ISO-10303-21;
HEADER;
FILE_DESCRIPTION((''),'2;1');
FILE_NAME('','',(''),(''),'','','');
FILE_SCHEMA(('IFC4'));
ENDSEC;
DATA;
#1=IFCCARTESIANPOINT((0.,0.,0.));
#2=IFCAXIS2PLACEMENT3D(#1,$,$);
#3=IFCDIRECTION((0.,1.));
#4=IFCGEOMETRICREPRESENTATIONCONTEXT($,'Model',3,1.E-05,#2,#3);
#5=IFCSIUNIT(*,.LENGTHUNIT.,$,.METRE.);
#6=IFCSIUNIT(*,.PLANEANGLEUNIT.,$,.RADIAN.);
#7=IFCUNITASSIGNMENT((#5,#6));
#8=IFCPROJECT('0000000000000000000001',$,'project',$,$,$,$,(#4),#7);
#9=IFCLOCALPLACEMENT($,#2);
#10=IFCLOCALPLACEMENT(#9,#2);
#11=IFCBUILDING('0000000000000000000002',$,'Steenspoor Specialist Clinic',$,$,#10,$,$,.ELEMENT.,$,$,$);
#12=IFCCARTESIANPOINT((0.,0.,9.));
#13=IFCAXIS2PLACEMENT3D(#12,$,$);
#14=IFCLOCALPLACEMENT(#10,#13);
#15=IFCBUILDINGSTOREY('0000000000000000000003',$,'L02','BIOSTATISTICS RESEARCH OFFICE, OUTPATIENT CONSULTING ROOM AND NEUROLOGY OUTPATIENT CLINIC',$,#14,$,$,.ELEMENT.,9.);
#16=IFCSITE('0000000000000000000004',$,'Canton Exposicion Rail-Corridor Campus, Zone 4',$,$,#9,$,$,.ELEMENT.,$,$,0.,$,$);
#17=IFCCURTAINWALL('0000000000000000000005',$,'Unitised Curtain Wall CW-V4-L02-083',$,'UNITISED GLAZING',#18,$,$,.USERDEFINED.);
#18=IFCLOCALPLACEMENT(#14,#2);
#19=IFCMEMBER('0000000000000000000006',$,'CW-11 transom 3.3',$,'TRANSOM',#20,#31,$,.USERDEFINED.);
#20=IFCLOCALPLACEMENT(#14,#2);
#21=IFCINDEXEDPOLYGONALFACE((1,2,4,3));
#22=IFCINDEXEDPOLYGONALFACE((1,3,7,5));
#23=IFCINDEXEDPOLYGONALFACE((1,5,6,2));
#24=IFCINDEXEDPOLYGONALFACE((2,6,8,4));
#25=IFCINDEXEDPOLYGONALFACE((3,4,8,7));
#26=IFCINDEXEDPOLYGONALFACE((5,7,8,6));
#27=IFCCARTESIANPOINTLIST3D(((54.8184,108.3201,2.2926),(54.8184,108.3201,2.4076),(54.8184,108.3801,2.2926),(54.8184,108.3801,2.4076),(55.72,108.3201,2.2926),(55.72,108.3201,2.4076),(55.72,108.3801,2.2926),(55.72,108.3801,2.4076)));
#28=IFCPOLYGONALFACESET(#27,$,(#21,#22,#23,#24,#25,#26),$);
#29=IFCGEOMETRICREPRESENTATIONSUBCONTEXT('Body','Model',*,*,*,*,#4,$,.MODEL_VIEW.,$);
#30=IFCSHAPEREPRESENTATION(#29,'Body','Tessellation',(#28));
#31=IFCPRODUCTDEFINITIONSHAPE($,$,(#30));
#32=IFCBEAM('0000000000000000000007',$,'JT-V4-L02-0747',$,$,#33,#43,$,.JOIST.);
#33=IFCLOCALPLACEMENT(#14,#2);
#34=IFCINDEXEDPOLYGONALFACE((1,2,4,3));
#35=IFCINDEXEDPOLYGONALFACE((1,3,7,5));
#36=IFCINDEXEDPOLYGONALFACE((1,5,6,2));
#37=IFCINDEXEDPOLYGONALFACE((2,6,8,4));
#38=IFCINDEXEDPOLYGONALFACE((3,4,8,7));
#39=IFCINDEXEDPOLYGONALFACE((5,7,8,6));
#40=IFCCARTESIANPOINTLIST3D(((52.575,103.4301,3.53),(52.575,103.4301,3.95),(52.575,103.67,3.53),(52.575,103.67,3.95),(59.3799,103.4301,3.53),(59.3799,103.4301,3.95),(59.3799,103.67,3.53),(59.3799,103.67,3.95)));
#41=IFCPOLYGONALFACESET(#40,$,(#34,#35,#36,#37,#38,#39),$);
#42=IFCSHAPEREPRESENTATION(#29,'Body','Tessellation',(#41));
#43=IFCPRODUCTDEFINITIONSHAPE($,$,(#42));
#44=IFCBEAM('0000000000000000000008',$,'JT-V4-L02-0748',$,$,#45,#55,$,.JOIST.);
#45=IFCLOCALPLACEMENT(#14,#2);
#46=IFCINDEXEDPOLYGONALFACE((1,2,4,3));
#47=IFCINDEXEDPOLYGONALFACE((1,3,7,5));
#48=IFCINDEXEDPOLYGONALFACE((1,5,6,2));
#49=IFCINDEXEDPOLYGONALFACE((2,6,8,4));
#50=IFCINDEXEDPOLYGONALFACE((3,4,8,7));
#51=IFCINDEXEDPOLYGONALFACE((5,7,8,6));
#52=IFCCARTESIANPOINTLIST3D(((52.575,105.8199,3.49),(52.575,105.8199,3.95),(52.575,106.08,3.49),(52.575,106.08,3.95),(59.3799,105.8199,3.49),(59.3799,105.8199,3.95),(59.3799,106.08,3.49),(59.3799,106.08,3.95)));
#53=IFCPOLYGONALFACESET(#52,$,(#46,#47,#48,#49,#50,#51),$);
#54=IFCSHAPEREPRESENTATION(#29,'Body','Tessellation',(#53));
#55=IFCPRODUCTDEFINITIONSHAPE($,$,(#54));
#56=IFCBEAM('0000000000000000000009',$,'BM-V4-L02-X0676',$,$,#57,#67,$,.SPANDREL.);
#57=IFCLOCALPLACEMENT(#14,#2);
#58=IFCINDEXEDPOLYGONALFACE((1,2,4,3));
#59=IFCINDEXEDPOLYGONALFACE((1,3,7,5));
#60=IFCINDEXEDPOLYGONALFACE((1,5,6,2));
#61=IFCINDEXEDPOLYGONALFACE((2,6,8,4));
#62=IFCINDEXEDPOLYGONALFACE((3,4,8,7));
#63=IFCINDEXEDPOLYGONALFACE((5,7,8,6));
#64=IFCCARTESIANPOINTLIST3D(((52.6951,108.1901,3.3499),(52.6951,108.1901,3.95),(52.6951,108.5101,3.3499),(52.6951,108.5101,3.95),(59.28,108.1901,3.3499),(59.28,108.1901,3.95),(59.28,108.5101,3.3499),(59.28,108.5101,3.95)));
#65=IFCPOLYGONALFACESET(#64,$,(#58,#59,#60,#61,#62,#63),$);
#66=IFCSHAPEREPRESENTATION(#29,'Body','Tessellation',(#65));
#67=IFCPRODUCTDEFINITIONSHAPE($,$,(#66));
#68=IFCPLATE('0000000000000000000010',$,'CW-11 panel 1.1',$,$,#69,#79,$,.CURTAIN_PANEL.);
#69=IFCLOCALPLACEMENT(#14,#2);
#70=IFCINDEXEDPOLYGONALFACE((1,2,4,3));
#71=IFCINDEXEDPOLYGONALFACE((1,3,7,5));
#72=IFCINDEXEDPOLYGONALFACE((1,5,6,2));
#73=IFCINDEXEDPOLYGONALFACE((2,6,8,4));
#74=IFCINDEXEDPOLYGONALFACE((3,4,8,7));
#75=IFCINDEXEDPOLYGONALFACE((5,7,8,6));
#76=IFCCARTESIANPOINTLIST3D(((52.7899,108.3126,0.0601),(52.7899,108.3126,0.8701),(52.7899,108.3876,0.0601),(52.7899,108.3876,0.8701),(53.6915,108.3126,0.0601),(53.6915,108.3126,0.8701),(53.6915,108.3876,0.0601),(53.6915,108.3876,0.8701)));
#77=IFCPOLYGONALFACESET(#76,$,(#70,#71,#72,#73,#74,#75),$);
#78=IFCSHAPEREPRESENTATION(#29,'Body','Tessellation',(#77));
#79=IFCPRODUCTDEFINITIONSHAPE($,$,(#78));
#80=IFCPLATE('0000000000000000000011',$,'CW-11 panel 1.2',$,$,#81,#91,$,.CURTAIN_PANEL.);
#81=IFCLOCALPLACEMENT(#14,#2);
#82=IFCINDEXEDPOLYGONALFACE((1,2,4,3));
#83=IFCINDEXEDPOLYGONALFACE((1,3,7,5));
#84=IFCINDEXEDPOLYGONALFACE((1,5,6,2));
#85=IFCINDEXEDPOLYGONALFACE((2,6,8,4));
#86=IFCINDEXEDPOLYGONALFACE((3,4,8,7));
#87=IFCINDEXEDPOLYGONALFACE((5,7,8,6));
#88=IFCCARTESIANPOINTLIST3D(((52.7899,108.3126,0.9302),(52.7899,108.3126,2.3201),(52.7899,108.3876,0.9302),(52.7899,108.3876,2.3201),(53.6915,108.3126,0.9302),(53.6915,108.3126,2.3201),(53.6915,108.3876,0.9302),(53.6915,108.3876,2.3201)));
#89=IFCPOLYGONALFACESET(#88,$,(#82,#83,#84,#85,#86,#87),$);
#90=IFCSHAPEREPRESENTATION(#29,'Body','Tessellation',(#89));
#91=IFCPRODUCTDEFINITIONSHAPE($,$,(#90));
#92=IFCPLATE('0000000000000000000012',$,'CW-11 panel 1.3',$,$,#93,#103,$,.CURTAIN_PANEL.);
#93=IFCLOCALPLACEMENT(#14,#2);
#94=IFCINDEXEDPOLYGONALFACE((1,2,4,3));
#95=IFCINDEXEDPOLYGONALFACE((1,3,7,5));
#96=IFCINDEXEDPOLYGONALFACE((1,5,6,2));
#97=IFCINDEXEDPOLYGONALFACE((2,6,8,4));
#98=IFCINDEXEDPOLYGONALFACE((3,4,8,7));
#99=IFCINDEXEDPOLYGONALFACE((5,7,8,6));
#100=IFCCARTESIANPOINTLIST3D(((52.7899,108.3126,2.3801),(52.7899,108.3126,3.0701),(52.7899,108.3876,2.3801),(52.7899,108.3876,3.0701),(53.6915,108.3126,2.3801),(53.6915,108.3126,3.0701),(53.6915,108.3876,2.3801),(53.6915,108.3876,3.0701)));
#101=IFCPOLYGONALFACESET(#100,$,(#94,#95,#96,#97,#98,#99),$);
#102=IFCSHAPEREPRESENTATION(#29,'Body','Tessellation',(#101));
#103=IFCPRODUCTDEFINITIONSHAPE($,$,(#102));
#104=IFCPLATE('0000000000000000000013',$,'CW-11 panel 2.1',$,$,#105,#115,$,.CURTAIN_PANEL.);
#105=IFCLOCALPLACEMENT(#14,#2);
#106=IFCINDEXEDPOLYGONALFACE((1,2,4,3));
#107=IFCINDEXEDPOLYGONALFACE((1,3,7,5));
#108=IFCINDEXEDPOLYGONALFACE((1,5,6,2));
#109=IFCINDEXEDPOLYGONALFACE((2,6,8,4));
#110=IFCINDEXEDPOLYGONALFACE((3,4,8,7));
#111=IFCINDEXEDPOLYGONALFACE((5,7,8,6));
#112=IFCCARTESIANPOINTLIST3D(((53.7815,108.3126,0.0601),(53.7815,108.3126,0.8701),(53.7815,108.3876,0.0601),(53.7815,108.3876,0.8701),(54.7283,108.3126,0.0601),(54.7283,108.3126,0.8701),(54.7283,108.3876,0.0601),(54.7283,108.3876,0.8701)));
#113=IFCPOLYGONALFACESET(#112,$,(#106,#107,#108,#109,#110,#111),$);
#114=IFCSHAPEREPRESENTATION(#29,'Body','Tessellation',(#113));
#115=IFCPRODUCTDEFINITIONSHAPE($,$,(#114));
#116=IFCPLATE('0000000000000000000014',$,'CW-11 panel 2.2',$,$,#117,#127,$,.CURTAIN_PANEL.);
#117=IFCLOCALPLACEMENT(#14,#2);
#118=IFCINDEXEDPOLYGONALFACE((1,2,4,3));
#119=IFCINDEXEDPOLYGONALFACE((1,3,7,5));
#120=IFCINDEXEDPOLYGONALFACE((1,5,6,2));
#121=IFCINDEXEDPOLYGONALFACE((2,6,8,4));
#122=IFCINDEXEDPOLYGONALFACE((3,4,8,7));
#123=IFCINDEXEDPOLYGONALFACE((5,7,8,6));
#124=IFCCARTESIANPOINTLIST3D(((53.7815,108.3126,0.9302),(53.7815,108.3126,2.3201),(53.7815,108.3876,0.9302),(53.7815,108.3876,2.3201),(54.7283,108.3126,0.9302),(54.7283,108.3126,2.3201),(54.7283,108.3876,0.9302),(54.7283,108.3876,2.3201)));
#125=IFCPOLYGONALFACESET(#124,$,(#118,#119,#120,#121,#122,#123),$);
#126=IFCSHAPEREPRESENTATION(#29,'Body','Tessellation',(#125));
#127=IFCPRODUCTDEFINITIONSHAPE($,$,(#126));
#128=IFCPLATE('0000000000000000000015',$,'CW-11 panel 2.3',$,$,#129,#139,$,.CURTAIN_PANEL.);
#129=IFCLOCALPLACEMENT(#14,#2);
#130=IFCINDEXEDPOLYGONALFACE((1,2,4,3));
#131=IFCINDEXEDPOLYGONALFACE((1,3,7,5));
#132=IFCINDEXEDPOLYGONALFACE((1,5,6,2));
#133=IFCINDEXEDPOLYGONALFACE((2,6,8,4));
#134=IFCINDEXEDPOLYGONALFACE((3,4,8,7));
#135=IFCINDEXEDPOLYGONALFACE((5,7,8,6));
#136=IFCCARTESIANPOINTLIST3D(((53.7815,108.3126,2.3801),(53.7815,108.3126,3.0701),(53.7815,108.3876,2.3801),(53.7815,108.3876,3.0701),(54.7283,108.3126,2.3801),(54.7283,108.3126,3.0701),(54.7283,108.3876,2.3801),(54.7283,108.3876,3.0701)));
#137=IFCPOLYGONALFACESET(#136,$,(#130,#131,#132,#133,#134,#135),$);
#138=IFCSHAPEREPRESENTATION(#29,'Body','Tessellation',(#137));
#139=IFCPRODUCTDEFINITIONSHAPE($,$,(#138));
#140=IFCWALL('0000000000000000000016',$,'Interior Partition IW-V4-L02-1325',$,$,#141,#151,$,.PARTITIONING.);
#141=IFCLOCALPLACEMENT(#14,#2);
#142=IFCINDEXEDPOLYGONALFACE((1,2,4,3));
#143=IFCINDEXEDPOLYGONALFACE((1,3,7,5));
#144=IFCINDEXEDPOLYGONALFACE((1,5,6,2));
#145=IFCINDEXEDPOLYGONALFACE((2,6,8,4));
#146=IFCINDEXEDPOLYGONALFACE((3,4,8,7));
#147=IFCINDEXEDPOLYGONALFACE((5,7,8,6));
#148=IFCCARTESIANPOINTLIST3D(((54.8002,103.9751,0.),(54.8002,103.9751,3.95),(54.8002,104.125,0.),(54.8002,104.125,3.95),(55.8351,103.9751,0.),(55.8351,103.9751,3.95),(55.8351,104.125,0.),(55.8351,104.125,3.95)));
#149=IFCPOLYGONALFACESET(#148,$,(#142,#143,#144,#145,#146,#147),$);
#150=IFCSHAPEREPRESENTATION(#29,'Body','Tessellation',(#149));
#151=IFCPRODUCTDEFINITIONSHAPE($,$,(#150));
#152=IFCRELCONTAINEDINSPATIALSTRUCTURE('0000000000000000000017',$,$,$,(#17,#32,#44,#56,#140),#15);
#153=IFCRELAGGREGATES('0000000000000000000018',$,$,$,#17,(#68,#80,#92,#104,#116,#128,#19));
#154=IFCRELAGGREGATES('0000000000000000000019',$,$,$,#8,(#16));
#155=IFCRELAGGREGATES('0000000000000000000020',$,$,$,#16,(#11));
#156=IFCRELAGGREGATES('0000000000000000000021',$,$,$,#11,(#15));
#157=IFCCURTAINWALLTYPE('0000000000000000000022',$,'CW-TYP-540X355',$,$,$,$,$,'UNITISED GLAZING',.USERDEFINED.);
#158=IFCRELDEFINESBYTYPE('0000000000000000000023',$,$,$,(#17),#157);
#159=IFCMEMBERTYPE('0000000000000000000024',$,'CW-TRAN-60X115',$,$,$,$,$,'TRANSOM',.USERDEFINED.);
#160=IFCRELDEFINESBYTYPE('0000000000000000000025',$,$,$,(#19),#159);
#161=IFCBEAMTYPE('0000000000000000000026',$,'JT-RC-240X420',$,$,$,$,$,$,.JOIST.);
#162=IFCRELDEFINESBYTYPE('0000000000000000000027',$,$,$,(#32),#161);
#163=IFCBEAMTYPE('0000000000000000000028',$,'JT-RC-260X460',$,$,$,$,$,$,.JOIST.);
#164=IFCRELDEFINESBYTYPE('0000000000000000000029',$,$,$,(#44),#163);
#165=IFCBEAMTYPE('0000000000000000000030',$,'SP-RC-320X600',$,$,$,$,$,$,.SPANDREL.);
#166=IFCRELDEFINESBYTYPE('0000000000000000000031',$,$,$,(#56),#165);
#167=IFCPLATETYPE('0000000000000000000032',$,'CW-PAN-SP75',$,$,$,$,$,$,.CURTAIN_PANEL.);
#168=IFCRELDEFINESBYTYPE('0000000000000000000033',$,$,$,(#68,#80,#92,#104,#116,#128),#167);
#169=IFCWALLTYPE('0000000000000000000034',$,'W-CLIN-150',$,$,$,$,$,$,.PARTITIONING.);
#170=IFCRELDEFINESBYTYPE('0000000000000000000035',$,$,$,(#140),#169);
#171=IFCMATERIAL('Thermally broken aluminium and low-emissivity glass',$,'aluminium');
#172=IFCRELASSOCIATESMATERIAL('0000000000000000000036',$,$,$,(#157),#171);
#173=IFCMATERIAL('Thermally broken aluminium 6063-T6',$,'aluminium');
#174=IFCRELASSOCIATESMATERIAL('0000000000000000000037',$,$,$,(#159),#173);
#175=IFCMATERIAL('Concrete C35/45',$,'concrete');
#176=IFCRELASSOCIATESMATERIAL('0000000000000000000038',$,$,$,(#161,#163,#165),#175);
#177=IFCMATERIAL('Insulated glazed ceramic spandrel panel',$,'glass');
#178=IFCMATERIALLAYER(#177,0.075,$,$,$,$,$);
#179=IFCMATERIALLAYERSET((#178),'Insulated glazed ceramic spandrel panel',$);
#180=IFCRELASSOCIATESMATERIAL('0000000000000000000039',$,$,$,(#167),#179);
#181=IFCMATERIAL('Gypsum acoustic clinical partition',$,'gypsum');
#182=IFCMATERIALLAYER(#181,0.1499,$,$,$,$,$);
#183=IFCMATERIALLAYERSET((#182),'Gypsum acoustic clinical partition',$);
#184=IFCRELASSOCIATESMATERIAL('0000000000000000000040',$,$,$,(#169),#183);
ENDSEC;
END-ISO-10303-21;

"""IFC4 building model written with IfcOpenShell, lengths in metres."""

from ifc_helpers import new_model, si_unit, direction, frame, frame_2d, origin, origin_2d, place, context, subcontext, project, spatial, rectangle, extrude, material, layer, layer_set, material_profile, profile_set, type_object, element, aggregate, save


model = new_model("IFC4")

# Units and contexts
model_context = context("Model", 3, precision=1e-05, world=origin(), true_north=direction((0.0, 1.0)))
body_context = subcontext(model_context, "Body", "Model", "MODEL_VIEW")
ifc_project = project(units=[si_unit("LENGTHUNIT", "METRE"), si_unit("PLANEANGLEUNIT", "RADIAN")], contexts=[model_context])

# Site, building, storey
site_placement = place(None, origin())
site = spatial("IfcSite", under=ifc_project, at=site_placement, Name="Canton Exposicion Rail-Corridor Campus, Zone 4", CompositionType="ELEMENT", RefElevation=0.0)
building_placement = place(site_placement, origin())
building = spatial("IfcBuilding", under=site, at=building_placement, Name="Steenspoor Specialist Clinic", CompositionType="ELEMENT")
storey_placement = place(building_placement, frame((0.0, 0.0, 9.0)))
storey = spatial("IfcBuildingStorey", under=building, at=storey_placement, Name="L02", Description="BIOSTATISTICS RESEARCH OFFICE, OUTPATIENT CONSULTING ROOM AND NEUROLOGY OUTPATIENT CLINIC", CompositionType="ELEMENT", Elevation=9.0)

# Curtain wall, member
ifc_material_1 = material(Name="Thermally broken aluminium and low-emissivity glass", Category="aluminium")
curtain_wall_type = type_object("IfcCurtainWallType", Name="CW-TYP-540X355", ElementType="UNITISED GLAZING", PredefinedType="USERDEFINED", material=ifc_material_1)
curtain_wall_placement = place(storey_placement, origin())
curtain_wall = element("IfcCurtainWall", 1, at=curtain_wall_placement, inside=storey, type_object=curtain_wall_type, Name="Unitised Curtain Wall CW-V4-L02-083", ObjectType="UNITISED GLAZING", PredefinedType="USERDEFINED")
ifc_material_2 = material(Name="Thermally broken aluminium 6063-T6", Category="aluminium")
ifc_material_profile_1 = material_profile(ifc_material_2, rectangle(XDim=0.0601, YDim=0.115, at=origin_2d()), Name="CWT-60X115")
ifc_profile_set_1 = profile_set([ifc_material_profile_1], Name="Thermally broken aluminium 6063-T6")
member_type_1 = type_object("IfcMemberType", Name="CW-TRAN-60X115", ElementType="TRANSOM", PredefinedType="USERDEFINED", material=ifc_profile_set_1)
member_1_placement = place(storey_placement, frame((54.8184, 108.3501, 2.3501), z_axis=(1.0, 0.0, 0.0), x_axis=(0.0, 1.0, 0.0)))
member_1 = element("IfcMember", 2, at=member_1_placement, type_object=member_type_1, Name="CW-11 transom 3.3", ObjectType="TRANSOM", PredefinedType="USERDEFINED", context=body_context, shape_type="SweptSolid", body=[
    extrude(rectangle(XDim=0.0601, YDim=0.115, at=origin_2d()), origin(), (0.0, 0.0, 1.0), 0.9016),
])

# Beams
ifc_material_3 = material(Name="Concrete C35/45", Category="concrete")
ifc_material_profile_2 = material_profile(ifc_material_3, rectangle(XDim=0.24, YDim=0.4199, at=origin_2d()), Name="RC-JT-240X420")
ifc_profile_set_2 = profile_set([ifc_material_profile_2], Name="Concrete C35/45")
beam_type_1 = type_object("IfcBeamType", Name="JT-RC-240X420", PredefinedType="JOIST", material=ifc_profile_set_2)
beam_1_placement = place(storey_placement, frame((52.575, 103.55, 3.74), z_axis=(1.0, 0.0, 0.0), x_axis=(0.0, 1.0, 0.0)))
element("IfcBeam", 3, at=beam_1_placement, inside=storey, type_object=beam_type_1, Name="JT-V4-L02-0747", PredefinedType="JOIST", context=body_context, shape_type="SweptSolid", body=[
    extrude(rectangle(XDim=0.24, YDim=0.4199, at=origin_2d()), origin(), (0.0, 0.0, 1.0), 6.8049),
])
ifc_material_profile_3 = material_profile(ifc_material_3, rectangle(XDim=0.26, YDim=0.46, at=origin_2d()), Name="RC-JT-260X460")
ifc_profile_set_3 = profile_set([ifc_material_profile_3], Name="Concrete C35/45")
beam_type_2 = type_object("IfcBeamType", Name="JT-RC-260X460", PredefinedType="JOIST", material=ifc_profile_set_3)
beam_2_placement = place(storey_placement, frame((52.575, 105.95, 3.72), z_axis=(1.0, 0.0, 0.0), x_axis=(0.0, 1.0, 0.0)))
element("IfcBeam", 4, at=beam_2_placement, inside=storey, type_object=beam_type_2, Name="JT-V4-L02-0748", PredefinedType="JOIST", context=body_context, shape_type="SweptSolid", body=[
    extrude(rectangle(XDim=0.26, YDim=0.46, at=origin_2d()), origin(), (0.0, 0.0, 1.0), 6.8049),
])
ifc_material_profile_4 = material_profile(ifc_material_3, rectangle(XDim=0.3201, YDim=0.6001, at=origin_2d()), Name="RC-SP-320X600")
ifc_profile_set_4 = profile_set([ifc_material_profile_4], Name="Concrete C35/45")
beam_type_3 = type_object("IfcBeamType", Name="SP-RC-320X600", PredefinedType="SPANDREL", material=ifc_profile_set_4)
beam_3_placement = place(storey_placement, frame((52.6951, 108.3501, 3.6499), z_axis=(1.0, 0.0, 0.0), x_axis=(0.0, 1.0, 0.0)))
element("IfcBeam", 5, at=beam_3_placement, inside=storey, type_object=beam_type_3, Name="BM-V4-L02-X0676", PredefinedType="SPANDREL", context=body_context, shape_type="SweptSolid", body=[
    extrude(rectangle(XDim=0.3201, YDim=0.6001, at=origin_2d()), origin(), (0.0, 0.0, 1.0), 6.585),
])

# Plates
ifc_material_4 = material(Name="Insulated glazed ceramic spandrel panel", Category="glass")
ifc_layer_1 = layer(ifc_material_4, 0.075)
ifc_layer_set_1 = layer_set([ifc_layer_1], Name="Insulated glazed ceramic spandrel panel")
plate_type = type_object("IfcPlateType", Name="CW-PAN-SP75", PredefinedType="CURTAIN_PANEL", material=ifc_layer_set_1)
plate_1_placement = place(storey_placement, frame((53.2407, 108.3501, 0.0601), z_axis=(0.0, 0.0, 1.0), x_axis=(1.0, 0.0, 0.0)))
plate_1 = element("IfcPlate", 6, at=plate_1_placement, type_object=plate_type, Name="CW-11 panel 1.1", PredefinedType="CURTAIN_PANEL", context=body_context, shape_type="SweptSolid", body=[
    extrude(rectangle(XDim=0.9016, YDim=0.075, at=origin_2d()), origin(), (0.0, 0.0, 1.0), 0.8101),
])
plate_2_placement = place(storey_placement, frame((53.2407, 108.3501, 0.9302), z_axis=(0.0, 0.0, 1.0), x_axis=(1.0, 0.0, 0.0)))
plate_2 = element("IfcPlate", 7, at=plate_2_placement, type_object=plate_type, Name="CW-11 panel 1.2", PredefinedType="CURTAIN_PANEL", context=body_context, shape_type="SweptSolid", body=[
    extrude(rectangle(XDim=0.9016, YDim=0.075, at=origin_2d()), origin(), (0.0, 0.0, 1.0), 1.3899),
])
plate_3_placement = place(storey_placement, frame((53.2407, 108.3501, 2.3801), z_axis=(0.0, 0.0, 1.0), x_axis=(1.0, 0.0, 0.0)))
plate_3 = element("IfcPlate", 8, at=plate_3_placement, type_object=plate_type, Name="CW-11 panel 1.3", PredefinedType="CURTAIN_PANEL", context=body_context, shape_type="SweptSolid", body=[
    extrude(rectangle(XDim=0.9016, YDim=0.075, at=origin_2d()), origin(), (0.0, 0.0, 1.0), 0.6899),
])
plate_4_placement = place(storey_placement, frame((54.2549, 108.3501, 0.0601), z_axis=(0.0, 0.0, 1.0), x_axis=(1.0, 0.0, 0.0)))
plate_4 = element("IfcPlate", 9, at=plate_4_placement, type_object=plate_type, Name="CW-11 panel 2.1", PredefinedType="CURTAIN_PANEL", context=body_context, shape_type="SweptSolid", body=[
    extrude(rectangle(XDim=0.9468, YDim=0.075, at=origin_2d()), origin(), (0.0, 0.0, 1.0), 0.8101),
])
plate_5_placement = place(storey_placement, frame((54.2549, 108.3501, 0.9302), z_axis=(0.0, 0.0, 1.0), x_axis=(1.0, 0.0, 0.0)))
plate_5 = element("IfcPlate", 10, at=plate_5_placement, type_object=plate_type, Name="CW-11 panel 2.2", PredefinedType="CURTAIN_PANEL", context=body_context, shape_type="SweptSolid", body=[
    extrude(rectangle(XDim=0.9468, YDim=0.075, at=origin_2d()), origin(), (0.0, 0.0, 1.0), 1.3899),
])
plate_6_placement = place(storey_placement, frame((54.2549, 108.3501, 2.3801), z_axis=(0.0, 0.0, 1.0), x_axis=(1.0, 0.0, 0.0)))
plate_6 = element("IfcPlate", 11, at=plate_6_placement, type_object=plate_type, Name="CW-11 panel 2.3", PredefinedType="CURTAIN_PANEL", context=body_context, shape_type="SweptSolid", body=[
    extrude(rectangle(XDim=0.9468, YDim=0.075, at=origin_2d()), origin(), (0.0, 0.0, 1.0), 0.6899),
])
aggregate(curtain_wall, [plate_1, plate_2, plate_3, plate_4, plate_5, plate_6, member_1])

# Wall
ifc_material_5 = material(Name="Gypsum acoustic clinical partition", Category="gypsum")
ifc_layer_2 = layer(ifc_material_5, 0.1499)
ifc_layer_set_2 = layer_set([ifc_layer_2], Name="Gypsum acoustic clinical partition")
wall_type = type_object("IfcWallType", Name="W-CLIN-150", PredefinedType="PARTITIONING", material=ifc_layer_set_2)
wall_placement = place(storey_placement, frame((54.8, 104.05, 0.0), z_axis=(0.0, 0.0, 1.0), x_axis=(1.0, 0.0, 0.0)))
element("IfcWall", 12, at=wall_placement, inside=storey, type_object=wall_type, Name="Interior Partition IW-V4-L02-1325", PredefinedType="PARTITIONING", context=body_context, shape_type="SweptSolid", body=[
    extrude(rectangle(XDim=1.0349, YDim=0.1499, at=frame_2d((0.5176, 0.0))), origin(), (0.0, 0.0, 1.0), 3.95),
])

save(model, "model.ifc")
